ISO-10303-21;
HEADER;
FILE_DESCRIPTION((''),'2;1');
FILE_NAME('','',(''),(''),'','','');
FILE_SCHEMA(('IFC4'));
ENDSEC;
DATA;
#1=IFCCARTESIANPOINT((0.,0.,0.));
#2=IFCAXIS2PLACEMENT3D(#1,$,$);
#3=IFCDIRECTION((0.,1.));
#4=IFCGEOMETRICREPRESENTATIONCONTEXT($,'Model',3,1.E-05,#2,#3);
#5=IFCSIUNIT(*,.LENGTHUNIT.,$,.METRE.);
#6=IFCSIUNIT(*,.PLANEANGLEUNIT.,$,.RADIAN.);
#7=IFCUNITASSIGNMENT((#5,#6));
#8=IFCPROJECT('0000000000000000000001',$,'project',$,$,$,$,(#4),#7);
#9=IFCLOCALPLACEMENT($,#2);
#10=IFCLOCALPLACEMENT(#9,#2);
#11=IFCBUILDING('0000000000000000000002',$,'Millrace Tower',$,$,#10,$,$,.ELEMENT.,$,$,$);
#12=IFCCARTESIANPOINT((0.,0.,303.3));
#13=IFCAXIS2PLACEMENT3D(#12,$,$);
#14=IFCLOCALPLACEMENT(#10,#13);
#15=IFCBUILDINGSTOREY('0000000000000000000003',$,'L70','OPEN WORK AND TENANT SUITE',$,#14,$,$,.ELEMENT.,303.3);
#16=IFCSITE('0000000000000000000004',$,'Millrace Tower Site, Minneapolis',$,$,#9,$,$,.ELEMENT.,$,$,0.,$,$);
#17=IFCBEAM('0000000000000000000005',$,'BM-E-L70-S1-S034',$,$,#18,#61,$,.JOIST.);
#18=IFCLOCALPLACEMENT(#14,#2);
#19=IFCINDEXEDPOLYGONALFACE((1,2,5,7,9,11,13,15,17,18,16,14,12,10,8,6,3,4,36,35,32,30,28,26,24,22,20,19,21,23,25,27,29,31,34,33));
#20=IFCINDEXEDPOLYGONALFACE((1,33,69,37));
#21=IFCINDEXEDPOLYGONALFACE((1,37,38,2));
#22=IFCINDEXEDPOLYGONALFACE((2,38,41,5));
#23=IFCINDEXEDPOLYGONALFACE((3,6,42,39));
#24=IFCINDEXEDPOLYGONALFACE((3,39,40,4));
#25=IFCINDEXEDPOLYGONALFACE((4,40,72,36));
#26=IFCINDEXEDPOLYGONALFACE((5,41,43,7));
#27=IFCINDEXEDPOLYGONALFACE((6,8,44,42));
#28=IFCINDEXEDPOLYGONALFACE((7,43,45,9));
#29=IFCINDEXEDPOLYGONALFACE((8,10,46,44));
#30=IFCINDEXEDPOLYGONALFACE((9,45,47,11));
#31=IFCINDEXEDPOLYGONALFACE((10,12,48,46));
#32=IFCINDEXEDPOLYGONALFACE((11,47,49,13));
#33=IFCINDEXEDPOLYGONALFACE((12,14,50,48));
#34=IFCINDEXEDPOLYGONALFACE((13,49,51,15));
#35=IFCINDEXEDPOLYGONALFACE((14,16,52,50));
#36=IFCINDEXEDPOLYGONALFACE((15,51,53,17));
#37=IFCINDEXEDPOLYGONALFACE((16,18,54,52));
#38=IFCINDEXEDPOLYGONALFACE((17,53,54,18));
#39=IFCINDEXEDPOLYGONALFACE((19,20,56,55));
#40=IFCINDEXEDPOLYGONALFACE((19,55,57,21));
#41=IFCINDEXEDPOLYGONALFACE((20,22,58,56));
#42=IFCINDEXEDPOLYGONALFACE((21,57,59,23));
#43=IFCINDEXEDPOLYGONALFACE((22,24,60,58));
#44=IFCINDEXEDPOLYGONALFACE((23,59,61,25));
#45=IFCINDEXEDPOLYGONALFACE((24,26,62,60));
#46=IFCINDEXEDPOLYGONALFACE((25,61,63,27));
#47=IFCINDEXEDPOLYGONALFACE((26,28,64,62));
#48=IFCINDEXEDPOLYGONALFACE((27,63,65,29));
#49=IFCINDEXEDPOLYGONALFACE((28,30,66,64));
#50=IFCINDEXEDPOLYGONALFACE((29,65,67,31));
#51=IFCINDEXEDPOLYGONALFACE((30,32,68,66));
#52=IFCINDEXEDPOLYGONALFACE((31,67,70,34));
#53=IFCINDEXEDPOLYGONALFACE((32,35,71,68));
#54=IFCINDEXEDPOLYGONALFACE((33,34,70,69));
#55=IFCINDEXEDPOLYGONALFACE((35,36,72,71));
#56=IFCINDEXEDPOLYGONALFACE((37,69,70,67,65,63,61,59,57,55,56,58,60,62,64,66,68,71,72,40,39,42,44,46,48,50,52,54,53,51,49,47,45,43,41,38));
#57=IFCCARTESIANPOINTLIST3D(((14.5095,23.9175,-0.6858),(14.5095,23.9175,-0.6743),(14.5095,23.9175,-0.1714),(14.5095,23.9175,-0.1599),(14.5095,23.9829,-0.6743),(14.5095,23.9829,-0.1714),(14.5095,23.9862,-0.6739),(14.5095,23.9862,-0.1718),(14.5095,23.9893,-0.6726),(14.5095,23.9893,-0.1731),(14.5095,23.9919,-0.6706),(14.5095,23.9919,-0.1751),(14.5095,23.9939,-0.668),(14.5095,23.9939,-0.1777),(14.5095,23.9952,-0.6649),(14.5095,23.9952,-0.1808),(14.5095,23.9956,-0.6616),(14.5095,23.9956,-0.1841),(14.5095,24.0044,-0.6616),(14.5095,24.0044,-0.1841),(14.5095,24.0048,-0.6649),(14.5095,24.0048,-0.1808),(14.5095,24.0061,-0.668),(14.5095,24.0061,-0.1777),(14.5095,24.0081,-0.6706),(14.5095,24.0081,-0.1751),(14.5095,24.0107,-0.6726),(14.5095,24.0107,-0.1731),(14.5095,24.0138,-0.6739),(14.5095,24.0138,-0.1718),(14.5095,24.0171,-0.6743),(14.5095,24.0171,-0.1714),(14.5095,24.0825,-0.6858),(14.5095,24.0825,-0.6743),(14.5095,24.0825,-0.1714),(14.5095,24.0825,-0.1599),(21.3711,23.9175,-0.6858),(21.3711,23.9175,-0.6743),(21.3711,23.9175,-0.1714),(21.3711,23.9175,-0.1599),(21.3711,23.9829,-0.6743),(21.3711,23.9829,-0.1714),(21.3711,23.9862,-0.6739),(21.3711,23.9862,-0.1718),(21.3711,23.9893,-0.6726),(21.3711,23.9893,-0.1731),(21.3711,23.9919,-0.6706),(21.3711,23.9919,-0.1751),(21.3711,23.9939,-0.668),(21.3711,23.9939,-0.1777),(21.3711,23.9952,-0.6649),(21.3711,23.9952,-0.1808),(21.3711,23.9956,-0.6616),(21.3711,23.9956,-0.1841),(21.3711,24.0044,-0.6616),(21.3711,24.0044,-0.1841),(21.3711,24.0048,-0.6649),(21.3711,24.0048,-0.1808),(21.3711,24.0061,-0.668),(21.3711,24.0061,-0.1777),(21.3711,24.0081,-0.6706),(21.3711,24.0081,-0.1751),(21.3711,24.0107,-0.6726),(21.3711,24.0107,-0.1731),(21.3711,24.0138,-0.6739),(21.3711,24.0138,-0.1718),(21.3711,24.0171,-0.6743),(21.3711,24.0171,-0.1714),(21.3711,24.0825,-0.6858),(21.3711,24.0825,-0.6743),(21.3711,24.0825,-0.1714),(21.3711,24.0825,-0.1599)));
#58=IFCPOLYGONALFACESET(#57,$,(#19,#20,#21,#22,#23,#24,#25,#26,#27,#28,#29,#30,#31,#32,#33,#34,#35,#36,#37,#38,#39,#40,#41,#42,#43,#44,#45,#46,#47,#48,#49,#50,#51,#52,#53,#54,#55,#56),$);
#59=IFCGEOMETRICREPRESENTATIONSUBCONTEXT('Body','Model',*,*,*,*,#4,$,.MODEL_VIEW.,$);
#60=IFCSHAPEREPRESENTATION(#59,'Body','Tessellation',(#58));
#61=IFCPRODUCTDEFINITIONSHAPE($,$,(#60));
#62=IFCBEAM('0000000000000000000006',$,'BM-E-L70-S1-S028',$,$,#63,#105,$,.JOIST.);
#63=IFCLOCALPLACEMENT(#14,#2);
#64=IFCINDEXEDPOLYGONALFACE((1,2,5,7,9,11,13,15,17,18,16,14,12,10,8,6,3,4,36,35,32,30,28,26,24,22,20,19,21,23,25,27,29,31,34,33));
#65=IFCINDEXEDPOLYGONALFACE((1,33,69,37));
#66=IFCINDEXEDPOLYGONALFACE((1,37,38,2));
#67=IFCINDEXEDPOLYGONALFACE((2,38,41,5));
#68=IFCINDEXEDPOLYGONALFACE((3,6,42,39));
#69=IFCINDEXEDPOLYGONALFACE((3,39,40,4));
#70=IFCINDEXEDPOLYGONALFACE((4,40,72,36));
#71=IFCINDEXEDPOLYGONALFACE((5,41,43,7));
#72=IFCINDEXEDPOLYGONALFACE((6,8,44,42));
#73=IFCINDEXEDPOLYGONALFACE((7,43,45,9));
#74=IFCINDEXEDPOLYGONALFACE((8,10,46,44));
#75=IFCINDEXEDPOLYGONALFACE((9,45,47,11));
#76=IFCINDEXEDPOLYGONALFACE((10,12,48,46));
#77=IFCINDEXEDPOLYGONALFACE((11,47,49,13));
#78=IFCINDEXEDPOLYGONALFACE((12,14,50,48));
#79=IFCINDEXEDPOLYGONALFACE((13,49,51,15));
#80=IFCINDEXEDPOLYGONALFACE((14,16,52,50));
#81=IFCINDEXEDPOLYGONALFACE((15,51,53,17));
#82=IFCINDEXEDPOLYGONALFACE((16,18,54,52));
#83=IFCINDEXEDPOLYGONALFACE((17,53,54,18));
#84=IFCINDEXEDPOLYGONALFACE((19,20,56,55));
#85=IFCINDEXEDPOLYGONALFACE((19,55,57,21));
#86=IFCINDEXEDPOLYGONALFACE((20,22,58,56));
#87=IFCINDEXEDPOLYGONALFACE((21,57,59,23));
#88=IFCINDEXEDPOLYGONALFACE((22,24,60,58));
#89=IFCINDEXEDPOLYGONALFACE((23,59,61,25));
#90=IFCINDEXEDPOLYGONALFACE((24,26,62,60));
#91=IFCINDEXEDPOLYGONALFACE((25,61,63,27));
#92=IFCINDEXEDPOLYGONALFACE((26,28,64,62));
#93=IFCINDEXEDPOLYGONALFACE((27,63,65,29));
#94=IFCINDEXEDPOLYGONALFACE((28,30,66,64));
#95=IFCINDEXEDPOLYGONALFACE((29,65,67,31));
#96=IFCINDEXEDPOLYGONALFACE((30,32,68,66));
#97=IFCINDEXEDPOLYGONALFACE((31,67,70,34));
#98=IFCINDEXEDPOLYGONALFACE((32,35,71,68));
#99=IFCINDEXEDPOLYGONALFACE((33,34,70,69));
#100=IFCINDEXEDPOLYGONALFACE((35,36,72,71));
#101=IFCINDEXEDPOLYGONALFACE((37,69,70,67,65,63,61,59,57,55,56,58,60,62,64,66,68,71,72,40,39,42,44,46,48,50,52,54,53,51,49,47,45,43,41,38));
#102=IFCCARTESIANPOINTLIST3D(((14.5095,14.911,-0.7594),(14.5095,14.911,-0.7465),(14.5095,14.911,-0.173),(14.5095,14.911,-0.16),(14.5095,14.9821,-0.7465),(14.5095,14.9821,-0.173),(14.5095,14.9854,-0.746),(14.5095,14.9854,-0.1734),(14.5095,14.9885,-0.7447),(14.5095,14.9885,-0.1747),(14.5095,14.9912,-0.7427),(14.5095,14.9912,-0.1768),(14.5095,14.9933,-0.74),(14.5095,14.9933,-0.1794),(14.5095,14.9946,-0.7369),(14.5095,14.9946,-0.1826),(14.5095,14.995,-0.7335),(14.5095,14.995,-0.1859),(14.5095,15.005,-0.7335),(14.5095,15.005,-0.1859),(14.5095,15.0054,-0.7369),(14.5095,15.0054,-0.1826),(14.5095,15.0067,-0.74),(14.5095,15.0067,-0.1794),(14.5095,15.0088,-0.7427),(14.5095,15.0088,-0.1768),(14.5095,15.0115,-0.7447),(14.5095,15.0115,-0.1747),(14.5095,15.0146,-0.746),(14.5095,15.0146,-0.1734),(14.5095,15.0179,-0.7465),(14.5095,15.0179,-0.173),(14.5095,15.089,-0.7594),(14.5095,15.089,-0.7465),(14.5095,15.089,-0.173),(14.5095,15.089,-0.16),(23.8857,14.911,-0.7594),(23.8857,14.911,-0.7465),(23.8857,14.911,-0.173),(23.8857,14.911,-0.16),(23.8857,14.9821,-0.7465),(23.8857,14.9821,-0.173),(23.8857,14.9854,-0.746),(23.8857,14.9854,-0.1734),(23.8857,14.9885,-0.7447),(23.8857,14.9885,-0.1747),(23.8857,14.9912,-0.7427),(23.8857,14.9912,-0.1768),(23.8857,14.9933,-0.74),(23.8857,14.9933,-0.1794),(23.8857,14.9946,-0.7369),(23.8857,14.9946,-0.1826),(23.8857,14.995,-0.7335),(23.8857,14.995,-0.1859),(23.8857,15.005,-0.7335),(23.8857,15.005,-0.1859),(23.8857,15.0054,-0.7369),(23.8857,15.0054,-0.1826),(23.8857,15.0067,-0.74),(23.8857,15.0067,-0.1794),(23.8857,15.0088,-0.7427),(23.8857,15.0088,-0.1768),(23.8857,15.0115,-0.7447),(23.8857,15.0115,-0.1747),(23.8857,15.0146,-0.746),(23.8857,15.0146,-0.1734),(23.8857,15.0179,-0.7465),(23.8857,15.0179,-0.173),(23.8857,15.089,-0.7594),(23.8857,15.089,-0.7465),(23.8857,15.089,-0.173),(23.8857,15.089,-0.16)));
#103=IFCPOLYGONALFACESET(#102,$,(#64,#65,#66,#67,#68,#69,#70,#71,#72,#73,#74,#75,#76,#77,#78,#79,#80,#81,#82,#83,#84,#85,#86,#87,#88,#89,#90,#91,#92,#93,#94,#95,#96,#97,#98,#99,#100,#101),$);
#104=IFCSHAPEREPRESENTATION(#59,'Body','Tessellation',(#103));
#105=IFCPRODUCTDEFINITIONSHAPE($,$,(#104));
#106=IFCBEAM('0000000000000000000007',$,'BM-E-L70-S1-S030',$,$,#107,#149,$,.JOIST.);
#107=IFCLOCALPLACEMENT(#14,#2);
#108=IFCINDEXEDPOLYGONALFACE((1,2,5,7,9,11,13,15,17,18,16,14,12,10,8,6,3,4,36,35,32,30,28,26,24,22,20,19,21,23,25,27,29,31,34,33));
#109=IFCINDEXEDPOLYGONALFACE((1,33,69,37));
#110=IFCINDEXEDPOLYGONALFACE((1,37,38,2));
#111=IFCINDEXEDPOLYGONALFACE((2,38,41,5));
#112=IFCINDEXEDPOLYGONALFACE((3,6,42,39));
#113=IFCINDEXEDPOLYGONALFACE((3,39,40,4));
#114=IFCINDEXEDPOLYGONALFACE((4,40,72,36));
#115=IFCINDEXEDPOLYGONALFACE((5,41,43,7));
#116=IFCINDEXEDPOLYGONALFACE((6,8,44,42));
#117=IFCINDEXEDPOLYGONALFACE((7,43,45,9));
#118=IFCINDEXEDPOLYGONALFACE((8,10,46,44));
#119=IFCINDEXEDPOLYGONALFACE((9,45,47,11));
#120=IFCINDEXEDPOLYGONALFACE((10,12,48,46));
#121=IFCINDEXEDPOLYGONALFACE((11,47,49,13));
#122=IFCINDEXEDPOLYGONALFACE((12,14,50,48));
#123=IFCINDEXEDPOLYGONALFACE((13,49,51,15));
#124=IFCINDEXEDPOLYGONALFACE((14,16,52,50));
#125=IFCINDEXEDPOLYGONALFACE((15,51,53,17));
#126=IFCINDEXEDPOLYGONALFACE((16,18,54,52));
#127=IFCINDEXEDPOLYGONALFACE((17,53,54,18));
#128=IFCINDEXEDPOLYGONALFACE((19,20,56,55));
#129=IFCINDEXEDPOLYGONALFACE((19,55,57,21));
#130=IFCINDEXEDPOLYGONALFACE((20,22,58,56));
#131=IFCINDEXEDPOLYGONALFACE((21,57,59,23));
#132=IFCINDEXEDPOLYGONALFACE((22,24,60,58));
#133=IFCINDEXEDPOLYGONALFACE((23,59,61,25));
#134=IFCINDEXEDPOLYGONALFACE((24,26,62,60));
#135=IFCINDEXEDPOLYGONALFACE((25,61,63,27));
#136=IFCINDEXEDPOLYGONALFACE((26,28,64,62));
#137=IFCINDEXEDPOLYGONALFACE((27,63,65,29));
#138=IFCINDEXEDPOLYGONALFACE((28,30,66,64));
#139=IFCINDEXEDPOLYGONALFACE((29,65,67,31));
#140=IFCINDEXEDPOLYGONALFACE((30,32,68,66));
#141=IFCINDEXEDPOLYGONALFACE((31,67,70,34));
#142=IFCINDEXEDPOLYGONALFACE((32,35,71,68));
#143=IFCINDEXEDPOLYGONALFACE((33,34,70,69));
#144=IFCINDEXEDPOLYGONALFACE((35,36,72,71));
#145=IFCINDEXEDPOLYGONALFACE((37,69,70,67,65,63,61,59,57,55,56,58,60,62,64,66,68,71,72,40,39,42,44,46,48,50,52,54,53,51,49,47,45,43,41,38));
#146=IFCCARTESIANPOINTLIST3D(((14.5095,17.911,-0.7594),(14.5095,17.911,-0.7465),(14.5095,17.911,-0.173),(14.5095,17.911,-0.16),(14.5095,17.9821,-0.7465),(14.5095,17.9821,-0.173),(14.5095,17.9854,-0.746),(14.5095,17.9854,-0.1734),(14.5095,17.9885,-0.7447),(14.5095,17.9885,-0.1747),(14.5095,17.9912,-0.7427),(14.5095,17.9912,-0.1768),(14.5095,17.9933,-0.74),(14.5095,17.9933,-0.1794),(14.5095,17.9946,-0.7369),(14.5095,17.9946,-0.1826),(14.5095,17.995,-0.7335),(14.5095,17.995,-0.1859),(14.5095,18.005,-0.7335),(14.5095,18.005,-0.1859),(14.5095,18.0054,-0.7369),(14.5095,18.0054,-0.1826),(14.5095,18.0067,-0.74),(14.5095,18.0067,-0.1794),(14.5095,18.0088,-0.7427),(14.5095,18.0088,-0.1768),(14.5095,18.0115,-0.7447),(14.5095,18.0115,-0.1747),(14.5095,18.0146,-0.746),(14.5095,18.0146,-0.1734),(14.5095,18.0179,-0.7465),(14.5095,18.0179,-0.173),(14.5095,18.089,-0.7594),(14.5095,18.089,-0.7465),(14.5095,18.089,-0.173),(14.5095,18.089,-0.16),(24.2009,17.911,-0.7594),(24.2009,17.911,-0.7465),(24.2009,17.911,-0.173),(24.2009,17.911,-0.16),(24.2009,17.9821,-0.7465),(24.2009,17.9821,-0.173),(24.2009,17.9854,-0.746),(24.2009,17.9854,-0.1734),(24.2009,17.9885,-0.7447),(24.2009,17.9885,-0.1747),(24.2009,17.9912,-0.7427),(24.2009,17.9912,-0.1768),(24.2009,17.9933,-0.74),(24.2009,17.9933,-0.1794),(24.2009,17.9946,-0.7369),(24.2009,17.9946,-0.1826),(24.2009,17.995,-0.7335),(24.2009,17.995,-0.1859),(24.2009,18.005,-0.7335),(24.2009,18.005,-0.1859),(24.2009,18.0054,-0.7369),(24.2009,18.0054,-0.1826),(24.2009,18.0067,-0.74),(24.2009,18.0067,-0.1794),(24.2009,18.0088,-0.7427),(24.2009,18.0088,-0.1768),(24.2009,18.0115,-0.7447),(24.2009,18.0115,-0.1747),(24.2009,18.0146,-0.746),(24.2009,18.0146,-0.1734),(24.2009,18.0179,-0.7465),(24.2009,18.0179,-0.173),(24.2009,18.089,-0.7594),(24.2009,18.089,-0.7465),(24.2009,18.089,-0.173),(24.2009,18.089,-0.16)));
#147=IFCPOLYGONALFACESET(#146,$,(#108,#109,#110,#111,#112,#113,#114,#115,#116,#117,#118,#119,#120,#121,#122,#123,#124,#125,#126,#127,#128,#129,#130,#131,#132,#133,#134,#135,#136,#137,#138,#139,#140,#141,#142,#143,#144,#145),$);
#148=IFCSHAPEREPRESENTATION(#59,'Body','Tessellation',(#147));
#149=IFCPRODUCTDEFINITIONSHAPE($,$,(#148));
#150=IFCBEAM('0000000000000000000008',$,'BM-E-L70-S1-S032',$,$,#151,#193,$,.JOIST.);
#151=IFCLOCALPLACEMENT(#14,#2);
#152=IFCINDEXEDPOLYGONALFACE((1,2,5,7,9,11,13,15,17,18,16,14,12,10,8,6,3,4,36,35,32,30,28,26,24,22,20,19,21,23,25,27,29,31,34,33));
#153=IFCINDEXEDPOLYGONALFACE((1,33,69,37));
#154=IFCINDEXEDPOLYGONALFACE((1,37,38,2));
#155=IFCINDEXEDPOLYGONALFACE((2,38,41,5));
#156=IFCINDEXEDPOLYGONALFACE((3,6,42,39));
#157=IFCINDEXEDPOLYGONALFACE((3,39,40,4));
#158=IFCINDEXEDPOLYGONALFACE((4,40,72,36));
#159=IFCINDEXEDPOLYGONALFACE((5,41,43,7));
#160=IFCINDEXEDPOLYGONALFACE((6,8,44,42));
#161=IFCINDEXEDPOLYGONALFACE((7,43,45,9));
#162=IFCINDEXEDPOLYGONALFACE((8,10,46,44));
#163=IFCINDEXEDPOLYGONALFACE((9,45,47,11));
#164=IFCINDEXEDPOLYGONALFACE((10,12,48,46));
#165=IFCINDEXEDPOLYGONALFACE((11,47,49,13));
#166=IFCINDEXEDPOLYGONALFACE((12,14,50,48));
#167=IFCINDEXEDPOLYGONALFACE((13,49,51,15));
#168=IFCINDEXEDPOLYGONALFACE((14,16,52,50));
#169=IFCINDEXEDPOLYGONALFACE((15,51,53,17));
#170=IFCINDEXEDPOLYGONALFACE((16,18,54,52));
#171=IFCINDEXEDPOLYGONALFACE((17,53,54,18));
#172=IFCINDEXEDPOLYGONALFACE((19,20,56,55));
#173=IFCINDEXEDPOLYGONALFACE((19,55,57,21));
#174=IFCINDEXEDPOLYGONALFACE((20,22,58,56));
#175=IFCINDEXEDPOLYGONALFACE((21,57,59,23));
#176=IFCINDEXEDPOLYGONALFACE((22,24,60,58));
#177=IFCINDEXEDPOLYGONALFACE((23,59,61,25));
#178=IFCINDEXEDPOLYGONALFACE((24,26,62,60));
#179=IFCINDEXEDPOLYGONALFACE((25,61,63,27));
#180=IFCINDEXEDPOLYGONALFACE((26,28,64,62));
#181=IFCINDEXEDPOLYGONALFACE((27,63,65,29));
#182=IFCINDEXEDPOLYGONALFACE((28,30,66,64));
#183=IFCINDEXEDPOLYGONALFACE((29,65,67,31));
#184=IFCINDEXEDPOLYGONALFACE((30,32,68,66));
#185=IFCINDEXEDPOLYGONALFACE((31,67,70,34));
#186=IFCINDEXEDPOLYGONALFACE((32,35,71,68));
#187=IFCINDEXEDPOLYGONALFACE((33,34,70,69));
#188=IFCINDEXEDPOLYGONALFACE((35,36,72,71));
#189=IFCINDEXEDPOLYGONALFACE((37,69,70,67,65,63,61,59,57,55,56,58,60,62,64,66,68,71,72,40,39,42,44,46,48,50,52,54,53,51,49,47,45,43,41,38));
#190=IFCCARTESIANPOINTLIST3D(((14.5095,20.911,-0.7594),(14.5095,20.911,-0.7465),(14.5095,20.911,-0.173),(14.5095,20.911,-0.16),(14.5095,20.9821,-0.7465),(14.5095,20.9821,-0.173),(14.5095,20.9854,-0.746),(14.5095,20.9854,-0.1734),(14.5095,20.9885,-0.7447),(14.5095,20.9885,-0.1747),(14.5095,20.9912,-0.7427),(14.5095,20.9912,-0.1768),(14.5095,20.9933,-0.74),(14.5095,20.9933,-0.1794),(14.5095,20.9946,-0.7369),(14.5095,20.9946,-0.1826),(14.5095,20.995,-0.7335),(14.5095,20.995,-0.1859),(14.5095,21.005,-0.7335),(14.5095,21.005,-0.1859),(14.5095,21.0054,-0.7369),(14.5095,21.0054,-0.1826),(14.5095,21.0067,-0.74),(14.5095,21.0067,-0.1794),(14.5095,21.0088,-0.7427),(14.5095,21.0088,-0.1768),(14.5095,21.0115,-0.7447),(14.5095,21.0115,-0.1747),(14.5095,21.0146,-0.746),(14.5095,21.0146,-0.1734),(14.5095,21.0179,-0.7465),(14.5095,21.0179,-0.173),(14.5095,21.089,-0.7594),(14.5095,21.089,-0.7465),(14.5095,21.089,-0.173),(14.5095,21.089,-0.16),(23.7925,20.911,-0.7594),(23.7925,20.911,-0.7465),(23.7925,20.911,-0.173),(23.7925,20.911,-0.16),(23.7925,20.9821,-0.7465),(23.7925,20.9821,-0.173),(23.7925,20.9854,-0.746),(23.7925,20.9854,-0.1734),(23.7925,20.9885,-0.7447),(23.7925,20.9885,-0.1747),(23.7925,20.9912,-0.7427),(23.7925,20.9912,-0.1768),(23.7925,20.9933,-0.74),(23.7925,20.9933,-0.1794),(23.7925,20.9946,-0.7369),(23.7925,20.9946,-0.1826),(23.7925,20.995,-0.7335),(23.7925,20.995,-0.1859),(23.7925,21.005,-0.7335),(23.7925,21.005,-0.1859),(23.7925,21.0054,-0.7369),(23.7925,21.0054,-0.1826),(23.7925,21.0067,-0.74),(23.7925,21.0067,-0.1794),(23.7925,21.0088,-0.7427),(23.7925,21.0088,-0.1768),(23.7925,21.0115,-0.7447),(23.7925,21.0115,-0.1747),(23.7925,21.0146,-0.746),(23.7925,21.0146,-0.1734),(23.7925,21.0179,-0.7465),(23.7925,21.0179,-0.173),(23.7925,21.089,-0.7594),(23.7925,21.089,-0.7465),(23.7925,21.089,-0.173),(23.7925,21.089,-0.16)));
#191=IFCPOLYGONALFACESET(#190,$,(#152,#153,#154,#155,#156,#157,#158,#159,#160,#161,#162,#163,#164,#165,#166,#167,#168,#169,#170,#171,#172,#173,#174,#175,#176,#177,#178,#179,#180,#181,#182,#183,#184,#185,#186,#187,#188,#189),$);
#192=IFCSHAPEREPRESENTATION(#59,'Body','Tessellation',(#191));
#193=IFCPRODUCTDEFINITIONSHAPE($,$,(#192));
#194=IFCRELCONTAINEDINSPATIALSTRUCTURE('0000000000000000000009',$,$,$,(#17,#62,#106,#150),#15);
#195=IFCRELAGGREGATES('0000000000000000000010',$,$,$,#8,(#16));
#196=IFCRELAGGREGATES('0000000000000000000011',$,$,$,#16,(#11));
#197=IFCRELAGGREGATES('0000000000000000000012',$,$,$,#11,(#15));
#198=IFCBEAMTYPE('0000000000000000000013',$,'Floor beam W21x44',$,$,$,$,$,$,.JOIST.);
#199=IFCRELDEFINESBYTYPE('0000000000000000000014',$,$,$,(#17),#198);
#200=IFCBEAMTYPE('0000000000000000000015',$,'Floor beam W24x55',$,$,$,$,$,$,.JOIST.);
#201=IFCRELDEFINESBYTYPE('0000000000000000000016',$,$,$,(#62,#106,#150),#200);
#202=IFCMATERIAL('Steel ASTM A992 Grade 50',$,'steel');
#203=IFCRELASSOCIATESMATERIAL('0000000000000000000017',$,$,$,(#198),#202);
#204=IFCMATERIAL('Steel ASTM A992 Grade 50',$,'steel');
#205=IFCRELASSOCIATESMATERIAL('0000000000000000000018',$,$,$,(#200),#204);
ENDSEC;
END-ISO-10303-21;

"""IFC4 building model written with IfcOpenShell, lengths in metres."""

from ifc_helpers import new_model, si_unit, direction, frame, origin, origin_2d, place, context, subcontext, project, spatial, i_section, extrude, material, material_profile, profile_set, type_object, element, save


model = new_model("IFC4")

# Units and contexts
model_context = context("Model", 3, precision=1e-05, world=origin(), true_north=direction((0.0, 1.0)))
body_context = subcontext(model_context, "Body", "Model", "MODEL_VIEW")
ifc_project = project(units=[si_unit("LENGTHUNIT", "METRE"), si_unit("PLANEANGLEUNIT", "RADIAN")], contexts=[model_context])

# Site, building, storey
site_placement = place(None, origin())
site = spatial("IfcSite", under=ifc_project, at=site_placement, Name="Millrace Tower Site, Minneapolis", CompositionType="ELEMENT", RefElevation=0.0)
building_placement = place(site_placement, origin())
building = spatial("IfcBuilding", under=site, at=building_placement, Name="Millrace Tower", CompositionType="ELEMENT")
storey_placement = place(building_placement, frame((0.0, 0.0, 303.3)))
storey = spatial("IfcBuildingStorey", under=building, at=storey_placement, Name="L70", Description="OPEN WORK AND TENANT SUITE", CompositionType="ELEMENT", Elevation=303.3)

# Beams
ifc_material_1 = material(Name="Steel ASTM A992 Grade 50", Category="steel")
ifc_material_profile_1 = material_profile(ifc_material_1, i_section(OverallWidth=0.165, OverallDepth=0.5259, WebThickness=0.0088, FlangeThickness=0.0115, FilletRadius=0.0127, at=origin_2d()))
ifc_profile_set_1 = profile_set([ifc_material_profile_1], Name="Steel ASTM A992 Grade 50")
beam_type_1 = type_object("IfcBeamType", Name="Floor beam W21x44", PredefinedType="JOIST", material=ifc_profile_set_1)
beam_1_placement = place(storey_placement, frame((14.5095, 24.0, -0.4229), z_axis=(1.0, 0.0, 0.0), x_axis=(0.0, 1.0, 0.0)))
element("IfcBeam", 1, at=beam_1_placement, inside=storey, type_object=beam_type_1, Name="BM-E-L70-S1-S034", PredefinedType="JOIST", context=body_context, shape_type="SweptSolid", body=[
    extrude(i_section(OverallWidth=0.165, OverallDepth=0.5259, WebThickness=0.0088, FlangeThickness=0.0115, FilletRadius=0.0127, at=origin_2d()), origin(), (0.0, 0.0, 1.0), 6.8616),
])
ifc_material_2 = material(Name="Steel ASTM A992 Grade 50", Category="steel")
ifc_material_profile_2 = material_profile(ifc_material_2, i_section(OverallWidth=0.178, OverallDepth=0.5994, WebThickness=0.01, FlangeThickness=0.0129, FilletRadius=0.0129, at=origin_2d()))
ifc_profile_set_2 = profile_set([ifc_material_profile_2], Name="Steel ASTM A992 Grade 50")
beam_type_2 = type_object("IfcBeamType", Name="Floor beam W24x55", PredefinedType="JOIST", material=ifc_profile_set_2)
beam_2_placement = place(storey_placement, frame((14.5095, 15.0, -0.4597), z_axis=(1.0, 0.0, 0.0), x_axis=(0.0, 1.0, 0.0)))
element("IfcBeam", 2, at=beam_2_placement, inside=storey, type_object=beam_type_2, Name="BM-E-L70-S1-S028", PredefinedType="JOIST", context=body_context, shape_type="SweptSolid", body=[
    extrude(i_section(OverallWidth=0.178, OverallDepth=0.5994, WebThickness=0.01, FlangeThickness=0.0129, FilletRadius=0.0129, at=origin_2d()), origin(), (0.0, 0.0, 1.0), 9.3762),
])
beam_3_placement = place(storey_placement, frame((14.5095, 18.0, -0.4597), z_axis=(1.0, 0.0, 0.0), x_axis=(0.0, 1.0, 0.0)))
element("IfcBeam", 3, at=beam_3_placement, inside=storey, type_object=beam_type_2, Name="BM-E-L70-S1-S030", PredefinedType="JOIST", context=body_context, shape_type="SweptSolid", body=[
    extrude(i_section(OverallWidth=0.178, OverallDepth=0.5994, WebThickness=0.01, FlangeThickness=0.0129, FilletRadius=0.0129, at=origin_2d()), origin(), (0.0, 0.0, 1.0), 9.6914),
])
beam_4_placement = place(storey_placement, frame((14.5095, 21.0, -0.4597), z_axis=(1.0, 0.0, 0.0), x_axis=(0.0, 1.0, 0.0)))
element("IfcBeam", 4, at=beam_4_placement, inside=storey, type_object=beam_type_2, Name="BM-E-L70-S1-S032", PredefinedType="JOIST", context=body_context, shape_type="SweptSolid", body=[
    extrude(i_section(OverallWidth=0.178, OverallDepth=0.5994, WebThickness=0.01, FlangeThickness=0.0129, FilletRadius=0.0129, at=origin_2d()), origin(), (0.0, 0.0, 1.0), 9.283),
])

save(model, "model.ifc")
